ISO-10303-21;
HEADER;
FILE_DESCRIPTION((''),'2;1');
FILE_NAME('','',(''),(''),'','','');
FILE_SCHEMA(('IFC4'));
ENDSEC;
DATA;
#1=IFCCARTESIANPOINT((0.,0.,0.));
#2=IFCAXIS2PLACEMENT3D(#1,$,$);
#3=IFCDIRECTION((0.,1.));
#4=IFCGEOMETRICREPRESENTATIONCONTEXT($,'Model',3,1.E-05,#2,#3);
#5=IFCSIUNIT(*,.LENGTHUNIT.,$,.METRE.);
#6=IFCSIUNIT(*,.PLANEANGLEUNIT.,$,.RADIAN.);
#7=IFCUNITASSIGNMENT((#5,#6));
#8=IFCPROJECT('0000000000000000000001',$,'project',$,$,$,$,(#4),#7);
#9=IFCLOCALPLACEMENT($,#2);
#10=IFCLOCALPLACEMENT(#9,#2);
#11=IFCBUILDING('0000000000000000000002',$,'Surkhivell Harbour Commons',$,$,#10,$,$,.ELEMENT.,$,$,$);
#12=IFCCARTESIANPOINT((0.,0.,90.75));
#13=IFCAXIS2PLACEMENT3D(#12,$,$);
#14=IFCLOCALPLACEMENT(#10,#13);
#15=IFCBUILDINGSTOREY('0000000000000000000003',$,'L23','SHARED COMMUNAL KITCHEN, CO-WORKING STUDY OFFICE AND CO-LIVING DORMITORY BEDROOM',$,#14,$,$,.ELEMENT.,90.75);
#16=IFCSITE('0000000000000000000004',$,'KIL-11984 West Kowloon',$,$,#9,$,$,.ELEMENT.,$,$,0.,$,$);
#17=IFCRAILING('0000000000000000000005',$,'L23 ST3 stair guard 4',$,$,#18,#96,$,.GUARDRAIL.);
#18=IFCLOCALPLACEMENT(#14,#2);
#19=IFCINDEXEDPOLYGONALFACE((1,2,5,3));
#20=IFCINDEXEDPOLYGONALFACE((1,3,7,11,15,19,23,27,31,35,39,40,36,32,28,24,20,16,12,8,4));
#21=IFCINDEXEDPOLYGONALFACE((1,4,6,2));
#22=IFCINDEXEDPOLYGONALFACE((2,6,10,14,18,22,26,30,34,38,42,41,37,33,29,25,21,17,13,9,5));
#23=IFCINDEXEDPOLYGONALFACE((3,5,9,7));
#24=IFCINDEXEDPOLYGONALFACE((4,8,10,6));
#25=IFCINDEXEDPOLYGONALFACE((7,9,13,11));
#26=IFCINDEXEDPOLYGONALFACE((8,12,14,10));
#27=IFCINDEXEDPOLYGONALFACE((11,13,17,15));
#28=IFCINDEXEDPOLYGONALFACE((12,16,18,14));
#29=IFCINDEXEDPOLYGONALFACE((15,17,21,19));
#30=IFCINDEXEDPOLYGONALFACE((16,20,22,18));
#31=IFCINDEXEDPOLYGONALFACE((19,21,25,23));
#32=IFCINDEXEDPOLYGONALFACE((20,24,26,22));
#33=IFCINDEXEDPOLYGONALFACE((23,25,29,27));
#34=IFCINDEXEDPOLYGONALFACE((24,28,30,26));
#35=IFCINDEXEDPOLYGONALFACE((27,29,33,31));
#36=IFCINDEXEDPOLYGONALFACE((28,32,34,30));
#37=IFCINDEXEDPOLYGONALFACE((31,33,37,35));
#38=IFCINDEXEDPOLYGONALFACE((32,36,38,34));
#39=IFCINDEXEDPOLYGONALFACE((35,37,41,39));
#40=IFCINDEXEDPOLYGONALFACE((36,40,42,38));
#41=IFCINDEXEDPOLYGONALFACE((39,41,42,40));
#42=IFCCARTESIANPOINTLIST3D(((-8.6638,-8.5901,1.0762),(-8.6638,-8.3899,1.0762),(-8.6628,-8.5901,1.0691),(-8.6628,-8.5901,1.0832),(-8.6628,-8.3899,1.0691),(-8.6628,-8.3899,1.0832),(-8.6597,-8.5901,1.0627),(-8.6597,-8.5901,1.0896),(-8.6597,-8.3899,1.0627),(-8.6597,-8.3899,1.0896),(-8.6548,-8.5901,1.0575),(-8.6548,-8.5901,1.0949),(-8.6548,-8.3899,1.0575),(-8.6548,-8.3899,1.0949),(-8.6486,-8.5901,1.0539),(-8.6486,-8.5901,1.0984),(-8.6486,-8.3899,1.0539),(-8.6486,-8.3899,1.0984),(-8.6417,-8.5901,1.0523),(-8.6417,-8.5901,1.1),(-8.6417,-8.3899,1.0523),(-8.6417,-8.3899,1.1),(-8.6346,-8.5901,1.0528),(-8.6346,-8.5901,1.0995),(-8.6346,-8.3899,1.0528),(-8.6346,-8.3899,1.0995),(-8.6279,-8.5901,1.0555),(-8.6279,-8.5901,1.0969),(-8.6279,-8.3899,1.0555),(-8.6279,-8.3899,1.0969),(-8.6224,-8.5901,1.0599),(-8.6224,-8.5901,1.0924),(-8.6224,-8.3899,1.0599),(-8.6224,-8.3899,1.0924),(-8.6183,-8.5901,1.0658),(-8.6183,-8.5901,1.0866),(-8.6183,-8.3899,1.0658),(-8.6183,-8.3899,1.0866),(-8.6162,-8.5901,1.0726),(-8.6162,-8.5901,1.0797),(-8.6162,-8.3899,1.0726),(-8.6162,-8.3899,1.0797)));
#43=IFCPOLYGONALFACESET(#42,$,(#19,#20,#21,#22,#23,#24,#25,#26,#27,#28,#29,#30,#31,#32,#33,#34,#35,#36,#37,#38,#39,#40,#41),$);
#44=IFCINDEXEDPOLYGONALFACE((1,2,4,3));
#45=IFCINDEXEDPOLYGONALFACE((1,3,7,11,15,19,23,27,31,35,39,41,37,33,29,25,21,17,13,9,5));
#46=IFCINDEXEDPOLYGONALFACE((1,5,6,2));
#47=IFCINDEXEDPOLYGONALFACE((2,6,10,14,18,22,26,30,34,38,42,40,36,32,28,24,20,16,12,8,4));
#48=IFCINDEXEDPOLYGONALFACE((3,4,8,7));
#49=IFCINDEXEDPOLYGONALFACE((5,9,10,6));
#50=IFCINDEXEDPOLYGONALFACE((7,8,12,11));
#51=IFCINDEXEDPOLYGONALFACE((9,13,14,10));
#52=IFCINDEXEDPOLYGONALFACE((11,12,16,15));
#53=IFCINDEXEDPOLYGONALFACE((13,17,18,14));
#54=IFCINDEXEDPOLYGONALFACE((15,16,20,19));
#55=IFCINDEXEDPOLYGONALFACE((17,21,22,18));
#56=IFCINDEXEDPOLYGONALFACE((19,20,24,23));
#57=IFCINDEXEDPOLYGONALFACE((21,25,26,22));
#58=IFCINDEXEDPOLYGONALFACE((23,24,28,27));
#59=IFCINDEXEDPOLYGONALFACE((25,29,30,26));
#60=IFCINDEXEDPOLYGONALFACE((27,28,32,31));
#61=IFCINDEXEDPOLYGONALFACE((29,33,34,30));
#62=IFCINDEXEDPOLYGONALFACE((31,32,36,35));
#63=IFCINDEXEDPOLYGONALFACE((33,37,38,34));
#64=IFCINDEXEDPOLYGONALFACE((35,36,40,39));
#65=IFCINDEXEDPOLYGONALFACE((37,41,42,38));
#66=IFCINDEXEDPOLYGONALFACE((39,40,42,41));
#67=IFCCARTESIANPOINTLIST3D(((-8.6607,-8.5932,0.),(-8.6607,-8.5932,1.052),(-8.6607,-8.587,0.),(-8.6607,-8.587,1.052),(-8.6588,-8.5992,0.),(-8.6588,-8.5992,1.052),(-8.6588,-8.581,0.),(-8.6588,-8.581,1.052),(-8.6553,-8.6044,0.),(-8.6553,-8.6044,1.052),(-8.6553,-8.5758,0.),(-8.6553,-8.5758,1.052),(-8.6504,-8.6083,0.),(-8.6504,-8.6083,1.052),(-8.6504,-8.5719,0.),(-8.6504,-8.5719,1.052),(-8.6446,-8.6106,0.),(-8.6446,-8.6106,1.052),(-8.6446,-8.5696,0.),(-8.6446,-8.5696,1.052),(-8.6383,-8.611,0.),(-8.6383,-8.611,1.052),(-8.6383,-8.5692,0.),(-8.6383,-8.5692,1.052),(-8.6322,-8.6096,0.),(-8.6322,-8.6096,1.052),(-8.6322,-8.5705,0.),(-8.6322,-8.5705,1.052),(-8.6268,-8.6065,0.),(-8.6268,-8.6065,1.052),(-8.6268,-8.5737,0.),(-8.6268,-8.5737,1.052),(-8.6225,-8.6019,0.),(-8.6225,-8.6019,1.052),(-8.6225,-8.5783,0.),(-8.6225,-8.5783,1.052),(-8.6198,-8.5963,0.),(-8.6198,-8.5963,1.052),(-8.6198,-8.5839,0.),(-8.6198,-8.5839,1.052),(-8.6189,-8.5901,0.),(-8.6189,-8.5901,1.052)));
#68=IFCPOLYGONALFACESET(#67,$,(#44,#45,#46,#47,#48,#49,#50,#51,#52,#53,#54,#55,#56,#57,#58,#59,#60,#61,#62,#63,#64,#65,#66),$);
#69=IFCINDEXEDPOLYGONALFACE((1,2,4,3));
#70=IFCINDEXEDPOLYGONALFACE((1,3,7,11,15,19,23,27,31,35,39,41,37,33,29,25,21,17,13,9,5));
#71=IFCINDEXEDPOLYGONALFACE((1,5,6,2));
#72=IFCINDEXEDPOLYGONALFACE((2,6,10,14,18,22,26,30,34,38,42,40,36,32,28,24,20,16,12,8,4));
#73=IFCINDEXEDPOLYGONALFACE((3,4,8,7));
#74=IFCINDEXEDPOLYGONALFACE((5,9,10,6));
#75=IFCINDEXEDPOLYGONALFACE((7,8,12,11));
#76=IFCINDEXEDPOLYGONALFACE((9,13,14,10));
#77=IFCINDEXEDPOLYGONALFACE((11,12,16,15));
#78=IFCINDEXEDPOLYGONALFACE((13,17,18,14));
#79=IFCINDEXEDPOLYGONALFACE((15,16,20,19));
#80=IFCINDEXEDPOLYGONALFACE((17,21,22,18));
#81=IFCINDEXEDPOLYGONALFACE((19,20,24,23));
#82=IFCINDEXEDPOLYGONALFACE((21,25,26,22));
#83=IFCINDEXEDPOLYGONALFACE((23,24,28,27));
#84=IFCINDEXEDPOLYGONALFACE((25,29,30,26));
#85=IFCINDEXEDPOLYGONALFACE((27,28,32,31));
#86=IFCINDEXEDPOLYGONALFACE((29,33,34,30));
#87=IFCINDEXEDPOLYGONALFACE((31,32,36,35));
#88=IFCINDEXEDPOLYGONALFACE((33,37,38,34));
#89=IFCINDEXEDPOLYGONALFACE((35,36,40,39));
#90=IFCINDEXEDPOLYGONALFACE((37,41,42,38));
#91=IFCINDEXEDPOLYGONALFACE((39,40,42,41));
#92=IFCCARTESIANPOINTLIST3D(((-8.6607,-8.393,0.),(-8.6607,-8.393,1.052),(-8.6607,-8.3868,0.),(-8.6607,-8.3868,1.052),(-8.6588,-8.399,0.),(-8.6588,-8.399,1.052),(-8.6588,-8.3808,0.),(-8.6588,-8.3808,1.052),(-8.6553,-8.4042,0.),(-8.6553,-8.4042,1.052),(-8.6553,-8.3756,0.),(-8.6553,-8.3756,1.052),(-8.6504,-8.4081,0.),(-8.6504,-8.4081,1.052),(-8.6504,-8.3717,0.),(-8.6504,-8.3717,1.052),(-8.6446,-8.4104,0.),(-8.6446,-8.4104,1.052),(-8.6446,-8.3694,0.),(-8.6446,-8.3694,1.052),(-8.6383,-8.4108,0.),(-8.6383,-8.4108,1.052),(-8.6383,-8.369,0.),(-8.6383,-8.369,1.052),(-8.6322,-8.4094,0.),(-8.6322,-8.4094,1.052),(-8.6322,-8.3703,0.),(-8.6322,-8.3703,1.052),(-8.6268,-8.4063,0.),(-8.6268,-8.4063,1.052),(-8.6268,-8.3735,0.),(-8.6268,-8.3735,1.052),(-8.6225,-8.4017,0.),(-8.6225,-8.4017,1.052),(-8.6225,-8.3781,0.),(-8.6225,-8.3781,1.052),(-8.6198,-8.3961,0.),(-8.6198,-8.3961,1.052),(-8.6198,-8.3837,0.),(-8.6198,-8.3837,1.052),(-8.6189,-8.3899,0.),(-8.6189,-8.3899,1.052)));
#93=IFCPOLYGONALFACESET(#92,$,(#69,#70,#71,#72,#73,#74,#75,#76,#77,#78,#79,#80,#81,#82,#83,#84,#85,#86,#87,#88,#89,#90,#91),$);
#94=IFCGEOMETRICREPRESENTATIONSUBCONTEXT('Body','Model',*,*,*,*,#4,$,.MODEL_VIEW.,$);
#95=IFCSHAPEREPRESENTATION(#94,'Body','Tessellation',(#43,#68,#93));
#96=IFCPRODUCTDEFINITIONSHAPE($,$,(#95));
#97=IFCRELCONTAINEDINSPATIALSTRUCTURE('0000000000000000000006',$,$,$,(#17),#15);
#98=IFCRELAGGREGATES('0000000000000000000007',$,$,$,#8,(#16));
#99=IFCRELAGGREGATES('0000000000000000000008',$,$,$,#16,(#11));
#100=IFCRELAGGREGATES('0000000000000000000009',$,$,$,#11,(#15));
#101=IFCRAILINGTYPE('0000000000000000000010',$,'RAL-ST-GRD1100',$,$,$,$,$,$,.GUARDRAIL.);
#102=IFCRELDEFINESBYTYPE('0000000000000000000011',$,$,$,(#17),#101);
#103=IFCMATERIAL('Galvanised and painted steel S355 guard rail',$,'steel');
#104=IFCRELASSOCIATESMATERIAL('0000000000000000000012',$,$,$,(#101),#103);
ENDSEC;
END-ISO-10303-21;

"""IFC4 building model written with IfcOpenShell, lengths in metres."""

from ifc_helpers import new_model, si_unit, direction, frame, origin, origin_2d, place, context, subcontext, project, spatial, circle, extrude, material, type_object, element, save


model = new_model("IFC4")

# Units and contexts
model_context = context("Model", 3, precision=1e-05, world=origin(), true_north=direction((0.0, 1.0)))
body_context = subcontext(model_context, "Body", "Model", "MODEL_VIEW")
ifc_project = project(units=[si_unit("LENGTHUNIT", "METRE"), si_unit("PLANEANGLEUNIT", "RADIAN")], contexts=[model_context])

# Site, building, storey
site_placement = place(None, origin())
site = spatial("IfcSite", under=ifc_project, at=site_placement, Name="KIL-11984 West Kowloon", CompositionType="ELEMENT", RefElevation=0.0)
building_placement = place(site_placement, origin())
building = spatial("IfcBuilding", under=site, at=building_placement, Name="Surkhivell Harbour Commons", CompositionType="ELEMENT")
storey_placement = place(building_placement, frame((0.0, 0.0, 90.75)))
storey = spatial("IfcBuildingStorey", under=building, at=storey_placement, Name="L23", Description="SHARED COMMUNAL KITCHEN, CO-WORKING STUDY OFFICE AND CO-LIVING DORMITORY BEDROOM", CompositionType="ELEMENT", Elevation=90.75)

# Railing
ifc_material_1 = material(Name="Galvanised and painted steel S355 guard rail", Category="steel")
railing_type_1 = type_object("IfcRailingType", Name="RAL-ST-GRD1100", PredefinedType="GUARDRAIL", material=ifc_material_1)
railing_1_placement = place(storey_placement, frame((-8.6399, -8.5901, 0.0)))
element("IfcRailing", 1, at=railing_1_placement, inside=storey, type_object=railing_type_1, Name="L23 ST3 stair guard 4", PredefinedType="GUARDRAIL", context=body_context, shape_type="SweptSolid", body=[
    extrude(circle(Radius=0.0239, at=origin_2d()), frame((0.0, 0.0, 1.0762), z_axis=(0.0, 1.0, 0.0), x_axis=(-1.0, 0.0, 0.0)), (0.0, 0.0, 1.0), 0.2002),
    extrude(circle(Radius=0.021, at=origin_2d()), origin(), (0.0, 0.0, 1.0), 1.052),
    extrude(circle(Radius=0.021, at=origin_2d()), frame((0.0, 0.2002, 0.0)), (0.0, 0.0, 1.0), 1.052),
])

save(model, "model.ifc")
